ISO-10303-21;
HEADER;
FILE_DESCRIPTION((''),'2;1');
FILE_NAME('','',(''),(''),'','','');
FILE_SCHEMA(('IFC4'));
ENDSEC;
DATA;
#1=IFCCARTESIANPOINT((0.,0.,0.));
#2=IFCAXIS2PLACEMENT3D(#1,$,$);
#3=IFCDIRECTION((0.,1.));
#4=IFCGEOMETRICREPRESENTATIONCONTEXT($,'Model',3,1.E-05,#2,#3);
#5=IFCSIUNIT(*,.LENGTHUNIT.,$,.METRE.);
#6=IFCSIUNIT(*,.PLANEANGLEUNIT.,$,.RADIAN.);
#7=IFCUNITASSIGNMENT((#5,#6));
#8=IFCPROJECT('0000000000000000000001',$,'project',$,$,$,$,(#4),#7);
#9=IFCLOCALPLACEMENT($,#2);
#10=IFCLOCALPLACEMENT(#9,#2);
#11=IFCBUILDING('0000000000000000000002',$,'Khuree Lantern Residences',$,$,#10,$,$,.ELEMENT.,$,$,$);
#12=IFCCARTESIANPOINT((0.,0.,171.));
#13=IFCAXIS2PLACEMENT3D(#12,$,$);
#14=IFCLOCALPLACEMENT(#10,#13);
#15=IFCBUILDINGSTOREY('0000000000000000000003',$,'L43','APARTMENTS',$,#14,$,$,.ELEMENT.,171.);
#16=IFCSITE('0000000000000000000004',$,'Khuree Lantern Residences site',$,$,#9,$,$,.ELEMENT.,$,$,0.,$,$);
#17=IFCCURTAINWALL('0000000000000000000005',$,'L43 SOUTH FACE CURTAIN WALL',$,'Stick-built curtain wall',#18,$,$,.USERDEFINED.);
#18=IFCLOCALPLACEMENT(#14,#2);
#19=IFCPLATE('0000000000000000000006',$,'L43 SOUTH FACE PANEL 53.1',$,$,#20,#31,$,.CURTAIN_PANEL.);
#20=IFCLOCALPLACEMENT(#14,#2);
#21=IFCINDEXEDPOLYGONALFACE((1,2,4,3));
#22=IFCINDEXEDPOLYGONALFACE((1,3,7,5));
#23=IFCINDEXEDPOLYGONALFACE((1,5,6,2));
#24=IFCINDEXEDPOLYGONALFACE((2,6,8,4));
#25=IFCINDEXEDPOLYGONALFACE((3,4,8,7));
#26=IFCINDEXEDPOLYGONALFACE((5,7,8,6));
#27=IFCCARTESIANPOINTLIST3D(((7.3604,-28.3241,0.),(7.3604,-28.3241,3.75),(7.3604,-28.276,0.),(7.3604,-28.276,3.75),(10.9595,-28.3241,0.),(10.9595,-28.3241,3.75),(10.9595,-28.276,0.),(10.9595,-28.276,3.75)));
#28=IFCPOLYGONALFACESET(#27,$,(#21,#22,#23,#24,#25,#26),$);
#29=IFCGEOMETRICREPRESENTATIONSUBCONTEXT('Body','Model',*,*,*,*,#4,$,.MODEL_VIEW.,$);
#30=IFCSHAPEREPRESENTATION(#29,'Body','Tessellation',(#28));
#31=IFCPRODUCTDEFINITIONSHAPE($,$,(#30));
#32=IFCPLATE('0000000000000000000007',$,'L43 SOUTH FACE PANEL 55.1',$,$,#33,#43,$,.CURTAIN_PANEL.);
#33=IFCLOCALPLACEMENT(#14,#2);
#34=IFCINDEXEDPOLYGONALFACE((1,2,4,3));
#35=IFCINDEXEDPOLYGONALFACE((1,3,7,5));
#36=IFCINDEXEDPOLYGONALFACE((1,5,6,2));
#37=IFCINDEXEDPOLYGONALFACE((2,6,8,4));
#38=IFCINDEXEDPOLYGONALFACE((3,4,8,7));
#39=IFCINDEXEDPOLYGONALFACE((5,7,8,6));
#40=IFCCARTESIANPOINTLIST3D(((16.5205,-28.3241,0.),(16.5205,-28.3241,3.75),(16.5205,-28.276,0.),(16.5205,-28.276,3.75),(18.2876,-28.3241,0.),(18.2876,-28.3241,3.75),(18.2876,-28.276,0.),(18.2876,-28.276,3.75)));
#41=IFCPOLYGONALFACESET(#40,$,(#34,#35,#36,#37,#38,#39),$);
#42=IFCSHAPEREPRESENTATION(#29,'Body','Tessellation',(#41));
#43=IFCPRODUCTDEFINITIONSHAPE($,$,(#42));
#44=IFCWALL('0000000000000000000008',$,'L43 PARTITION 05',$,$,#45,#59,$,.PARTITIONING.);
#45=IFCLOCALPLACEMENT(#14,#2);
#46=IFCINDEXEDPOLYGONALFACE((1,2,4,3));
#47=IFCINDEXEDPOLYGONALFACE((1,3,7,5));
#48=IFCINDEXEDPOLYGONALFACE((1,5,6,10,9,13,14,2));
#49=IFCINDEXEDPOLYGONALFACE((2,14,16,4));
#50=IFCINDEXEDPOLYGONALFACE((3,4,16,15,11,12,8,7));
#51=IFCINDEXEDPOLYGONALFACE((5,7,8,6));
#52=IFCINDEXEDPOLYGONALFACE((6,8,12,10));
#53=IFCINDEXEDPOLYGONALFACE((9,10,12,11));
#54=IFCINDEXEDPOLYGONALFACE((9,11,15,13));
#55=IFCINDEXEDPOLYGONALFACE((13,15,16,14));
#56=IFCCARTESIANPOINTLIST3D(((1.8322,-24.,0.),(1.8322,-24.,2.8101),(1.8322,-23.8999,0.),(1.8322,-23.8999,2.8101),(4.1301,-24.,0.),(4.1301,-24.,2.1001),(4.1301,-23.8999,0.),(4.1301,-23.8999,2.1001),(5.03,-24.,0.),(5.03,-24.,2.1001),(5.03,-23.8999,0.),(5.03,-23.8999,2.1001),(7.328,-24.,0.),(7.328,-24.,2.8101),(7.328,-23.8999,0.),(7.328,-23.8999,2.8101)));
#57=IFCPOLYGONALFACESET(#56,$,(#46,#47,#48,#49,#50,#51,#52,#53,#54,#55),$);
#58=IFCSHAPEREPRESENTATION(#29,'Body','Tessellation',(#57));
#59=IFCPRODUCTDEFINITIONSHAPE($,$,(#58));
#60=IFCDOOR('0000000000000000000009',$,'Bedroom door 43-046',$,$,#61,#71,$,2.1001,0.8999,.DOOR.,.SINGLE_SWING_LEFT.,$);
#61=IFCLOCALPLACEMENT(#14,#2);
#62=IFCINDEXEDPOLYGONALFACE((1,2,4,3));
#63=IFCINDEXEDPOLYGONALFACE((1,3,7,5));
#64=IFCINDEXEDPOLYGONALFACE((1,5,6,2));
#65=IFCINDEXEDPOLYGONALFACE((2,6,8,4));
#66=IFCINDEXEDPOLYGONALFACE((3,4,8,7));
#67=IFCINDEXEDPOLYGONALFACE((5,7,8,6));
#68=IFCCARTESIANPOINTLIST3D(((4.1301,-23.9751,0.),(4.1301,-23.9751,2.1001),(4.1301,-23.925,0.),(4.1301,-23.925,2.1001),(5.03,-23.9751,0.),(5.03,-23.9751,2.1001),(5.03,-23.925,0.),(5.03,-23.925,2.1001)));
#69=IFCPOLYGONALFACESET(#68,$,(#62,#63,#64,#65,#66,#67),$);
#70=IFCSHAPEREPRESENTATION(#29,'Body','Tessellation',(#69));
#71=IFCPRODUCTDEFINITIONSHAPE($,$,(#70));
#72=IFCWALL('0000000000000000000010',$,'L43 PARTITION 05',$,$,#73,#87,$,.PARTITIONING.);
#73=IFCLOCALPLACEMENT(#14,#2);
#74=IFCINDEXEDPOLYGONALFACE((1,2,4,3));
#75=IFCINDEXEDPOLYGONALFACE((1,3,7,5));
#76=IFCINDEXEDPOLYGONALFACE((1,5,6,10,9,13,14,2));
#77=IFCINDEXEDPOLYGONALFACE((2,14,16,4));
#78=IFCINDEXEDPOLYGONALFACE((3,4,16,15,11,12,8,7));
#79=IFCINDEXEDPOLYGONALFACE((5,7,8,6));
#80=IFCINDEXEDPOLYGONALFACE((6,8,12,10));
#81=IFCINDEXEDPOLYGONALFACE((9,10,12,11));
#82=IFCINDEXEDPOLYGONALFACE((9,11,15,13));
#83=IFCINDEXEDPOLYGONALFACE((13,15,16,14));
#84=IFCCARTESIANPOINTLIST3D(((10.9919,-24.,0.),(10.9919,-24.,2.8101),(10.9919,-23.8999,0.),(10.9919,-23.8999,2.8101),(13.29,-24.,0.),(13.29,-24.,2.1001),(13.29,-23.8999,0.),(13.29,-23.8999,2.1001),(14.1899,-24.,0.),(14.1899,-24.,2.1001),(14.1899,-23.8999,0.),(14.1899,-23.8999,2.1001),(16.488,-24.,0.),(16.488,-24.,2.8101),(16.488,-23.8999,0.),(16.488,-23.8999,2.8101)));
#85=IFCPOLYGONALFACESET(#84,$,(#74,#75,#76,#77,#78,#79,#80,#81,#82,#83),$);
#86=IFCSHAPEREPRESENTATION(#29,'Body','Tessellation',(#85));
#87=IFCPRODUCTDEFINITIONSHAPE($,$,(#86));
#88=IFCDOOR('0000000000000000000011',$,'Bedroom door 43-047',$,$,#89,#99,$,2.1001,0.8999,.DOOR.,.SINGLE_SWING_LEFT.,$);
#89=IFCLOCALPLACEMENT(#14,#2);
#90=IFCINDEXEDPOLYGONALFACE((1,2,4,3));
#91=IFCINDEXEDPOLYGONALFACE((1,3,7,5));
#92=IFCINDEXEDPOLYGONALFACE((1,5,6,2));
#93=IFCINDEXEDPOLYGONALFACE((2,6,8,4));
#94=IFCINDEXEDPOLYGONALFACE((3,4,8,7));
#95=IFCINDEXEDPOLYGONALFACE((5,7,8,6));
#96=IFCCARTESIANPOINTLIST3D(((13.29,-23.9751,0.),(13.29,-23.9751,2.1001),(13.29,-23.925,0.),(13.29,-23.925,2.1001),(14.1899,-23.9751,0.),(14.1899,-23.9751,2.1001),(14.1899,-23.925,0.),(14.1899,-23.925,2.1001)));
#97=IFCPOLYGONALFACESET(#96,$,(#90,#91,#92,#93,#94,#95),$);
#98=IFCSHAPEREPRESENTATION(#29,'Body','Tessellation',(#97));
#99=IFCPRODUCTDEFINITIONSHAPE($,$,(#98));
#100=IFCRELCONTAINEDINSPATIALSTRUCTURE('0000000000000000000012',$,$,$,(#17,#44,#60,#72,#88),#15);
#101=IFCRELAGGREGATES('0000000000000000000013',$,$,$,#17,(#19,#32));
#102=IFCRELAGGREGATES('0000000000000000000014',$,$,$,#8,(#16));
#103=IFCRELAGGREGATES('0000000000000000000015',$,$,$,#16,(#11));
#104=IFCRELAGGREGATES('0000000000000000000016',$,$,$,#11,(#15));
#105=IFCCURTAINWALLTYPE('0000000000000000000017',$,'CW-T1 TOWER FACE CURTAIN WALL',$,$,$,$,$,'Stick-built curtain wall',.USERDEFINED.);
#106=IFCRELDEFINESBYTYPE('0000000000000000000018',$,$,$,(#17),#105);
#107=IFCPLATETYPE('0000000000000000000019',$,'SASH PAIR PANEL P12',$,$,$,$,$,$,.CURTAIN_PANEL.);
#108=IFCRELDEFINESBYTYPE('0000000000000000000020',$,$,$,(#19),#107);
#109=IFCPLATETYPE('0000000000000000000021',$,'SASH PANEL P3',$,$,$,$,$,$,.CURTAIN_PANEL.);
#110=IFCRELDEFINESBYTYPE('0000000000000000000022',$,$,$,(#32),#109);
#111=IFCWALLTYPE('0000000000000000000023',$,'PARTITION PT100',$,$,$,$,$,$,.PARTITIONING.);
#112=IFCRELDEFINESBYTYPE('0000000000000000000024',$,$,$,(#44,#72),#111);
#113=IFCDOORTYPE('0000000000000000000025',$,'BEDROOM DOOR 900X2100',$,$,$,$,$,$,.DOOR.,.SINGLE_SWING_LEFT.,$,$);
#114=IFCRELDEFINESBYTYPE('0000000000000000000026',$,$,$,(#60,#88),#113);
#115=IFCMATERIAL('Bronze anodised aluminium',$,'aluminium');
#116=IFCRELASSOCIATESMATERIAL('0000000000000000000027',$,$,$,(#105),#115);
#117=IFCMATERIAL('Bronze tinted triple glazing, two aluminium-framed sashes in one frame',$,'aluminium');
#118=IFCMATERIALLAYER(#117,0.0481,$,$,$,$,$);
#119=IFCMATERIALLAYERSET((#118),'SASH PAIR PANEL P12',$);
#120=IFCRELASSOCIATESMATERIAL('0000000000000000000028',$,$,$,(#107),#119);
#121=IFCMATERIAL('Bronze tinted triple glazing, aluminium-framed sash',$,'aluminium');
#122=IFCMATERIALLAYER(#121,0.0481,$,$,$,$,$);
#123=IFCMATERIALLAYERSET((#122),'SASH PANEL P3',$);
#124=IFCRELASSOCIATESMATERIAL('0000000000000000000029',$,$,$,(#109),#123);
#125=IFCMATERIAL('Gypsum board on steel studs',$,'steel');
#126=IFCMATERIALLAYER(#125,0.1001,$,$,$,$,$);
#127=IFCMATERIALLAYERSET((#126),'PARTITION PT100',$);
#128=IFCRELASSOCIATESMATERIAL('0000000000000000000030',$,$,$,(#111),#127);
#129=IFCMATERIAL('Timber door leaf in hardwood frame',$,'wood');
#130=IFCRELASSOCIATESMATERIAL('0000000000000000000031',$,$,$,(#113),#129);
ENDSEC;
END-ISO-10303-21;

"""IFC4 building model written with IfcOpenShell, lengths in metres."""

from ifc_helpers import new_model, si_unit, direction, frame, frame_2d, origin, origin_2d, place, context, subcontext, project, spatial, rectangle, extrude, material, layer, layer_set, type_object, element, fill, aggregate, save


model = new_model("IFC4")

# Units and contexts
model_context = context("Model", 3, precision=1e-05, world=origin(), true_north=direction((0.0, 1.0)))
body_context = subcontext(model_context, "Body", "Model", "MODEL_VIEW")
ifc_project = project(units=[si_unit("LENGTHUNIT", "METRE"), si_unit("PLANEANGLEUNIT", "RADIAN")], contexts=[model_context])

# Site, building, storey
site_placement = place(None, origin())
site = spatial("IfcSite", under=ifc_project, at=site_placement, Name="Khuree Lantern Residences site", CompositionType="ELEMENT", RefElevation=0.0)
building_placement = place(site_placement, origin())
building = spatial("IfcBuilding", under=site, at=building_placement, Name="Khuree Lantern Residences", CompositionType="ELEMENT")
storey_placement = place(building_placement, frame((0.0, 0.0, 171.0)))
storey = spatial("IfcBuildingStorey", under=building, at=storey_placement, Name="L43", Description="APARTMENTS", CompositionType="ELEMENT", Elevation=171.0)

# Curtain wall
ifc_material_1 = material(Name="Bronze anodised aluminium", Category="aluminium")
curtain_wall_type = type_object("IfcCurtainWallType", Name="CW-T1 TOWER FACE CURTAIN WALL", ElementType="Stick-built curtain wall", PredefinedType="USERDEFINED", material=ifc_material_1)
curtain_wall_placement = place(storey_placement, origin())
curtain_wall = element("IfcCurtainWall", 1, at=curtain_wall_placement, inside=storey, type_object=curtain_wall_type, Name="L43 SOUTH FACE CURTAIN WALL", ObjectType="Stick-built curtain wall", PredefinedType="USERDEFINED")

# Plates
ifc_material_2 = material(Name="Bronze tinted triple glazing, two aluminium-framed sashes in one frame", Category="aluminium")
ifc_layer_1 = layer(ifc_material_2, 0.0481)
ifc_layer_set_1 = layer_set([ifc_layer_1], Name="SASH PAIR PANEL P12")
plate_type_1 = type_object("IfcPlateType", Name="SASH PAIR PANEL P12", PredefinedType="CURTAIN_PANEL", material=ifc_layer_set_1)
plate_1_placement = place(storey_placement, frame((9.1599, -28.3, 0.0), z_axis=(0.0, 0.0, 1.0), x_axis=(1.0, 0.0, 0.0)))
plate_1 = element("IfcPlate", 2, at=plate_1_placement, type_object=plate_type_1, Name="L43 SOUTH FACE PANEL 53.1", PredefinedType="CURTAIN_PANEL", context=body_context, shape_type="SweptSolid", body=[
    extrude(rectangle(XDim=3.5991, YDim=0.0481, at=origin_2d()), origin(), (0.0, 0.0, 1.0), 3.75),
])
ifc_material_3 = material(Name="Bronze tinted triple glazing, aluminium-framed sash", Category="aluminium")
ifc_layer_2 = layer(ifc_material_3, 0.0481)
ifc_layer_set_2 = layer_set([ifc_layer_2], Name="SASH PANEL P3")
plate_type_2 = type_object("IfcPlateType", Name="SASH PANEL P3", PredefinedType="CURTAIN_PANEL", material=ifc_layer_set_2)
plate_2_placement = place(storey_placement, frame((17.4041, -28.3, 0.0), z_axis=(0.0, 0.0, 1.0), x_axis=(1.0, 0.0, 0.0)))
plate_2 = element("IfcPlate", 3, at=plate_2_placement, type_object=plate_type_2, Name="L43 SOUTH FACE PANEL 55.1", PredefinedType="CURTAIN_PANEL", context=body_context, shape_type="SweptSolid", body=[
    extrude(rectangle(XDim=1.7671, YDim=0.0481, at=origin_2d()), origin(), (0.0, 0.0, 1.0), 3.75),
])
aggregate(curtain_wall, [plate_1, plate_2])

# Walls, openings, doors
ifc_material_4 = material(Name="Gypsum board on steel studs", Category="steel")
ifc_layer_3 = layer(ifc_material_4, 0.1001)
ifc_layer_set_3 = layer_set([ifc_layer_3], Name="PARTITION PT100")
wall_type = type_object("IfcWallType", Name="PARTITION PT100", PredefinedType="PARTITIONING", material=ifc_layer_set_3)
wall_1_placement = place(storey_placement, frame((1.832, -23.95, 0.0), z_axis=(0.0, 0.0, 1.0), x_axis=(1.0, 0.0, 0.0)))
wall_1 = element("IfcWall", 4, at=wall_1_placement, inside=storey, type_object=wall_type, Name="L43 PARTITION 05", PredefinedType="PARTITIONING", context=body_context, shape_type="SweptSolid", body=[
    extrude(rectangle(XDim=5.4958, YDim=0.1001, at=frame_2d((2.748, 0.0))), origin(), (0.0, 0.0, 1.0), 2.8101),
])
opening_1_placement = place(wall_1_placement, frame((2.2981, 0.0, 0.0)))
opening_1 = element("IfcOpeningElement", 5, at=opening_1_placement, cuts=wall_1, PredefinedType="OPENING", context=body_context, shape_type="SweptSolid", body=[
    extrude(rectangle(XDim=0.8999, YDim=2.1001, at=frame_2d((0.45, 1.05))), frame((0.0, 0.0601, 0.0), z_axis=(0.0, -1.0, 0.0), x_axis=(1.0, 0.0, 0.0)), (0.0, 0.0, 1.0), 0.1201),
])
ifc_material_5 = material(Name="Timber door leaf in hardwood frame", Category="wood")
door_type = type_object("IfcDoorType", Name="BEDROOM DOOR 900X2100", OperationType="SINGLE_SWING_LEFT", PredefinedType="DOOR", material=ifc_material_5)
door_1_placement = place(opening_1_placement, origin())
door_1 = element("IfcDoor", 6, at=door_1_placement, inside=storey, type_object=door_type, Name="Bedroom door 43-046", OperationType="SINGLE_SWING_LEFT", OverallHeight=2.1001, OverallWidth=0.8999, PredefinedType="DOOR", context=body_context, shape_type="SweptSolid", body=[
    extrude(rectangle(XDim=0.8999, YDim=2.1001, at=frame_2d((0.45, 1.05))), frame((0.0, 0.0249, 0.0), z_axis=(0.0, -1.0, 0.0), x_axis=(1.0, 0.0, 0.0)), (0.0, 0.0, 1.0), 0.05),
])
fill(opening_1, door_1)
wall_2_placement = place(storey_placement, frame((10.9919, -23.95, 0.0), z_axis=(0.0, 0.0, 1.0), x_axis=(1.0, 0.0, 0.0)))
wall_2 = element("IfcWall", 7, at=wall_2_placement, inside=storey, type_object=wall_type, Name="L43 PARTITION 05", PredefinedType="PARTITIONING", context=body_context, shape_type="SweptSolid", body=[
    extrude(rectangle(XDim=5.4961, YDim=0.1001, at=frame_2d((2.748, 0.0))), origin(), (0.0, 0.0, 1.0), 2.8101),
])
opening_2_placement = place(wall_2_placement, frame((2.2981, 0.0, 0.0)))
opening_2 = element("IfcOpeningElement", 8, at=opening_2_placement, cuts=wall_2, PredefinedType="OPENING", context=body_context, shape_type="SweptSolid", body=[
    extrude(rectangle(XDim=0.8999, YDim=2.1001, at=frame_2d((0.45, 1.05))), frame((0.0, 0.0601, 0.0), z_axis=(0.0, -1.0, 0.0), x_axis=(1.0, 0.0, 0.0)), (0.0, 0.0, 1.0), 0.1201),
])
door_2_placement = place(opening_2_placement, origin())
door_2 = element("IfcDoor", 9, at=door_2_placement, inside=storey, type_object=door_type, Name="Bedroom door 43-047", OperationType="SINGLE_SWING_LEFT", OverallHeight=2.1001, OverallWidth=0.8999, PredefinedType="DOOR", context=body_context, shape_type="SweptSolid", body=[
    extrude(rectangle(XDim=0.8999, YDim=2.1001, at=frame_2d((0.45, 1.05))), frame((0.0, 0.0249, 0.0), z_axis=(0.0, -1.0, 0.0), x_axis=(1.0, 0.0, 0.0)), (0.0, 0.0, 1.0), 0.05),
])
fill(opening_2, door_2)

save(model, "model.ifc")
